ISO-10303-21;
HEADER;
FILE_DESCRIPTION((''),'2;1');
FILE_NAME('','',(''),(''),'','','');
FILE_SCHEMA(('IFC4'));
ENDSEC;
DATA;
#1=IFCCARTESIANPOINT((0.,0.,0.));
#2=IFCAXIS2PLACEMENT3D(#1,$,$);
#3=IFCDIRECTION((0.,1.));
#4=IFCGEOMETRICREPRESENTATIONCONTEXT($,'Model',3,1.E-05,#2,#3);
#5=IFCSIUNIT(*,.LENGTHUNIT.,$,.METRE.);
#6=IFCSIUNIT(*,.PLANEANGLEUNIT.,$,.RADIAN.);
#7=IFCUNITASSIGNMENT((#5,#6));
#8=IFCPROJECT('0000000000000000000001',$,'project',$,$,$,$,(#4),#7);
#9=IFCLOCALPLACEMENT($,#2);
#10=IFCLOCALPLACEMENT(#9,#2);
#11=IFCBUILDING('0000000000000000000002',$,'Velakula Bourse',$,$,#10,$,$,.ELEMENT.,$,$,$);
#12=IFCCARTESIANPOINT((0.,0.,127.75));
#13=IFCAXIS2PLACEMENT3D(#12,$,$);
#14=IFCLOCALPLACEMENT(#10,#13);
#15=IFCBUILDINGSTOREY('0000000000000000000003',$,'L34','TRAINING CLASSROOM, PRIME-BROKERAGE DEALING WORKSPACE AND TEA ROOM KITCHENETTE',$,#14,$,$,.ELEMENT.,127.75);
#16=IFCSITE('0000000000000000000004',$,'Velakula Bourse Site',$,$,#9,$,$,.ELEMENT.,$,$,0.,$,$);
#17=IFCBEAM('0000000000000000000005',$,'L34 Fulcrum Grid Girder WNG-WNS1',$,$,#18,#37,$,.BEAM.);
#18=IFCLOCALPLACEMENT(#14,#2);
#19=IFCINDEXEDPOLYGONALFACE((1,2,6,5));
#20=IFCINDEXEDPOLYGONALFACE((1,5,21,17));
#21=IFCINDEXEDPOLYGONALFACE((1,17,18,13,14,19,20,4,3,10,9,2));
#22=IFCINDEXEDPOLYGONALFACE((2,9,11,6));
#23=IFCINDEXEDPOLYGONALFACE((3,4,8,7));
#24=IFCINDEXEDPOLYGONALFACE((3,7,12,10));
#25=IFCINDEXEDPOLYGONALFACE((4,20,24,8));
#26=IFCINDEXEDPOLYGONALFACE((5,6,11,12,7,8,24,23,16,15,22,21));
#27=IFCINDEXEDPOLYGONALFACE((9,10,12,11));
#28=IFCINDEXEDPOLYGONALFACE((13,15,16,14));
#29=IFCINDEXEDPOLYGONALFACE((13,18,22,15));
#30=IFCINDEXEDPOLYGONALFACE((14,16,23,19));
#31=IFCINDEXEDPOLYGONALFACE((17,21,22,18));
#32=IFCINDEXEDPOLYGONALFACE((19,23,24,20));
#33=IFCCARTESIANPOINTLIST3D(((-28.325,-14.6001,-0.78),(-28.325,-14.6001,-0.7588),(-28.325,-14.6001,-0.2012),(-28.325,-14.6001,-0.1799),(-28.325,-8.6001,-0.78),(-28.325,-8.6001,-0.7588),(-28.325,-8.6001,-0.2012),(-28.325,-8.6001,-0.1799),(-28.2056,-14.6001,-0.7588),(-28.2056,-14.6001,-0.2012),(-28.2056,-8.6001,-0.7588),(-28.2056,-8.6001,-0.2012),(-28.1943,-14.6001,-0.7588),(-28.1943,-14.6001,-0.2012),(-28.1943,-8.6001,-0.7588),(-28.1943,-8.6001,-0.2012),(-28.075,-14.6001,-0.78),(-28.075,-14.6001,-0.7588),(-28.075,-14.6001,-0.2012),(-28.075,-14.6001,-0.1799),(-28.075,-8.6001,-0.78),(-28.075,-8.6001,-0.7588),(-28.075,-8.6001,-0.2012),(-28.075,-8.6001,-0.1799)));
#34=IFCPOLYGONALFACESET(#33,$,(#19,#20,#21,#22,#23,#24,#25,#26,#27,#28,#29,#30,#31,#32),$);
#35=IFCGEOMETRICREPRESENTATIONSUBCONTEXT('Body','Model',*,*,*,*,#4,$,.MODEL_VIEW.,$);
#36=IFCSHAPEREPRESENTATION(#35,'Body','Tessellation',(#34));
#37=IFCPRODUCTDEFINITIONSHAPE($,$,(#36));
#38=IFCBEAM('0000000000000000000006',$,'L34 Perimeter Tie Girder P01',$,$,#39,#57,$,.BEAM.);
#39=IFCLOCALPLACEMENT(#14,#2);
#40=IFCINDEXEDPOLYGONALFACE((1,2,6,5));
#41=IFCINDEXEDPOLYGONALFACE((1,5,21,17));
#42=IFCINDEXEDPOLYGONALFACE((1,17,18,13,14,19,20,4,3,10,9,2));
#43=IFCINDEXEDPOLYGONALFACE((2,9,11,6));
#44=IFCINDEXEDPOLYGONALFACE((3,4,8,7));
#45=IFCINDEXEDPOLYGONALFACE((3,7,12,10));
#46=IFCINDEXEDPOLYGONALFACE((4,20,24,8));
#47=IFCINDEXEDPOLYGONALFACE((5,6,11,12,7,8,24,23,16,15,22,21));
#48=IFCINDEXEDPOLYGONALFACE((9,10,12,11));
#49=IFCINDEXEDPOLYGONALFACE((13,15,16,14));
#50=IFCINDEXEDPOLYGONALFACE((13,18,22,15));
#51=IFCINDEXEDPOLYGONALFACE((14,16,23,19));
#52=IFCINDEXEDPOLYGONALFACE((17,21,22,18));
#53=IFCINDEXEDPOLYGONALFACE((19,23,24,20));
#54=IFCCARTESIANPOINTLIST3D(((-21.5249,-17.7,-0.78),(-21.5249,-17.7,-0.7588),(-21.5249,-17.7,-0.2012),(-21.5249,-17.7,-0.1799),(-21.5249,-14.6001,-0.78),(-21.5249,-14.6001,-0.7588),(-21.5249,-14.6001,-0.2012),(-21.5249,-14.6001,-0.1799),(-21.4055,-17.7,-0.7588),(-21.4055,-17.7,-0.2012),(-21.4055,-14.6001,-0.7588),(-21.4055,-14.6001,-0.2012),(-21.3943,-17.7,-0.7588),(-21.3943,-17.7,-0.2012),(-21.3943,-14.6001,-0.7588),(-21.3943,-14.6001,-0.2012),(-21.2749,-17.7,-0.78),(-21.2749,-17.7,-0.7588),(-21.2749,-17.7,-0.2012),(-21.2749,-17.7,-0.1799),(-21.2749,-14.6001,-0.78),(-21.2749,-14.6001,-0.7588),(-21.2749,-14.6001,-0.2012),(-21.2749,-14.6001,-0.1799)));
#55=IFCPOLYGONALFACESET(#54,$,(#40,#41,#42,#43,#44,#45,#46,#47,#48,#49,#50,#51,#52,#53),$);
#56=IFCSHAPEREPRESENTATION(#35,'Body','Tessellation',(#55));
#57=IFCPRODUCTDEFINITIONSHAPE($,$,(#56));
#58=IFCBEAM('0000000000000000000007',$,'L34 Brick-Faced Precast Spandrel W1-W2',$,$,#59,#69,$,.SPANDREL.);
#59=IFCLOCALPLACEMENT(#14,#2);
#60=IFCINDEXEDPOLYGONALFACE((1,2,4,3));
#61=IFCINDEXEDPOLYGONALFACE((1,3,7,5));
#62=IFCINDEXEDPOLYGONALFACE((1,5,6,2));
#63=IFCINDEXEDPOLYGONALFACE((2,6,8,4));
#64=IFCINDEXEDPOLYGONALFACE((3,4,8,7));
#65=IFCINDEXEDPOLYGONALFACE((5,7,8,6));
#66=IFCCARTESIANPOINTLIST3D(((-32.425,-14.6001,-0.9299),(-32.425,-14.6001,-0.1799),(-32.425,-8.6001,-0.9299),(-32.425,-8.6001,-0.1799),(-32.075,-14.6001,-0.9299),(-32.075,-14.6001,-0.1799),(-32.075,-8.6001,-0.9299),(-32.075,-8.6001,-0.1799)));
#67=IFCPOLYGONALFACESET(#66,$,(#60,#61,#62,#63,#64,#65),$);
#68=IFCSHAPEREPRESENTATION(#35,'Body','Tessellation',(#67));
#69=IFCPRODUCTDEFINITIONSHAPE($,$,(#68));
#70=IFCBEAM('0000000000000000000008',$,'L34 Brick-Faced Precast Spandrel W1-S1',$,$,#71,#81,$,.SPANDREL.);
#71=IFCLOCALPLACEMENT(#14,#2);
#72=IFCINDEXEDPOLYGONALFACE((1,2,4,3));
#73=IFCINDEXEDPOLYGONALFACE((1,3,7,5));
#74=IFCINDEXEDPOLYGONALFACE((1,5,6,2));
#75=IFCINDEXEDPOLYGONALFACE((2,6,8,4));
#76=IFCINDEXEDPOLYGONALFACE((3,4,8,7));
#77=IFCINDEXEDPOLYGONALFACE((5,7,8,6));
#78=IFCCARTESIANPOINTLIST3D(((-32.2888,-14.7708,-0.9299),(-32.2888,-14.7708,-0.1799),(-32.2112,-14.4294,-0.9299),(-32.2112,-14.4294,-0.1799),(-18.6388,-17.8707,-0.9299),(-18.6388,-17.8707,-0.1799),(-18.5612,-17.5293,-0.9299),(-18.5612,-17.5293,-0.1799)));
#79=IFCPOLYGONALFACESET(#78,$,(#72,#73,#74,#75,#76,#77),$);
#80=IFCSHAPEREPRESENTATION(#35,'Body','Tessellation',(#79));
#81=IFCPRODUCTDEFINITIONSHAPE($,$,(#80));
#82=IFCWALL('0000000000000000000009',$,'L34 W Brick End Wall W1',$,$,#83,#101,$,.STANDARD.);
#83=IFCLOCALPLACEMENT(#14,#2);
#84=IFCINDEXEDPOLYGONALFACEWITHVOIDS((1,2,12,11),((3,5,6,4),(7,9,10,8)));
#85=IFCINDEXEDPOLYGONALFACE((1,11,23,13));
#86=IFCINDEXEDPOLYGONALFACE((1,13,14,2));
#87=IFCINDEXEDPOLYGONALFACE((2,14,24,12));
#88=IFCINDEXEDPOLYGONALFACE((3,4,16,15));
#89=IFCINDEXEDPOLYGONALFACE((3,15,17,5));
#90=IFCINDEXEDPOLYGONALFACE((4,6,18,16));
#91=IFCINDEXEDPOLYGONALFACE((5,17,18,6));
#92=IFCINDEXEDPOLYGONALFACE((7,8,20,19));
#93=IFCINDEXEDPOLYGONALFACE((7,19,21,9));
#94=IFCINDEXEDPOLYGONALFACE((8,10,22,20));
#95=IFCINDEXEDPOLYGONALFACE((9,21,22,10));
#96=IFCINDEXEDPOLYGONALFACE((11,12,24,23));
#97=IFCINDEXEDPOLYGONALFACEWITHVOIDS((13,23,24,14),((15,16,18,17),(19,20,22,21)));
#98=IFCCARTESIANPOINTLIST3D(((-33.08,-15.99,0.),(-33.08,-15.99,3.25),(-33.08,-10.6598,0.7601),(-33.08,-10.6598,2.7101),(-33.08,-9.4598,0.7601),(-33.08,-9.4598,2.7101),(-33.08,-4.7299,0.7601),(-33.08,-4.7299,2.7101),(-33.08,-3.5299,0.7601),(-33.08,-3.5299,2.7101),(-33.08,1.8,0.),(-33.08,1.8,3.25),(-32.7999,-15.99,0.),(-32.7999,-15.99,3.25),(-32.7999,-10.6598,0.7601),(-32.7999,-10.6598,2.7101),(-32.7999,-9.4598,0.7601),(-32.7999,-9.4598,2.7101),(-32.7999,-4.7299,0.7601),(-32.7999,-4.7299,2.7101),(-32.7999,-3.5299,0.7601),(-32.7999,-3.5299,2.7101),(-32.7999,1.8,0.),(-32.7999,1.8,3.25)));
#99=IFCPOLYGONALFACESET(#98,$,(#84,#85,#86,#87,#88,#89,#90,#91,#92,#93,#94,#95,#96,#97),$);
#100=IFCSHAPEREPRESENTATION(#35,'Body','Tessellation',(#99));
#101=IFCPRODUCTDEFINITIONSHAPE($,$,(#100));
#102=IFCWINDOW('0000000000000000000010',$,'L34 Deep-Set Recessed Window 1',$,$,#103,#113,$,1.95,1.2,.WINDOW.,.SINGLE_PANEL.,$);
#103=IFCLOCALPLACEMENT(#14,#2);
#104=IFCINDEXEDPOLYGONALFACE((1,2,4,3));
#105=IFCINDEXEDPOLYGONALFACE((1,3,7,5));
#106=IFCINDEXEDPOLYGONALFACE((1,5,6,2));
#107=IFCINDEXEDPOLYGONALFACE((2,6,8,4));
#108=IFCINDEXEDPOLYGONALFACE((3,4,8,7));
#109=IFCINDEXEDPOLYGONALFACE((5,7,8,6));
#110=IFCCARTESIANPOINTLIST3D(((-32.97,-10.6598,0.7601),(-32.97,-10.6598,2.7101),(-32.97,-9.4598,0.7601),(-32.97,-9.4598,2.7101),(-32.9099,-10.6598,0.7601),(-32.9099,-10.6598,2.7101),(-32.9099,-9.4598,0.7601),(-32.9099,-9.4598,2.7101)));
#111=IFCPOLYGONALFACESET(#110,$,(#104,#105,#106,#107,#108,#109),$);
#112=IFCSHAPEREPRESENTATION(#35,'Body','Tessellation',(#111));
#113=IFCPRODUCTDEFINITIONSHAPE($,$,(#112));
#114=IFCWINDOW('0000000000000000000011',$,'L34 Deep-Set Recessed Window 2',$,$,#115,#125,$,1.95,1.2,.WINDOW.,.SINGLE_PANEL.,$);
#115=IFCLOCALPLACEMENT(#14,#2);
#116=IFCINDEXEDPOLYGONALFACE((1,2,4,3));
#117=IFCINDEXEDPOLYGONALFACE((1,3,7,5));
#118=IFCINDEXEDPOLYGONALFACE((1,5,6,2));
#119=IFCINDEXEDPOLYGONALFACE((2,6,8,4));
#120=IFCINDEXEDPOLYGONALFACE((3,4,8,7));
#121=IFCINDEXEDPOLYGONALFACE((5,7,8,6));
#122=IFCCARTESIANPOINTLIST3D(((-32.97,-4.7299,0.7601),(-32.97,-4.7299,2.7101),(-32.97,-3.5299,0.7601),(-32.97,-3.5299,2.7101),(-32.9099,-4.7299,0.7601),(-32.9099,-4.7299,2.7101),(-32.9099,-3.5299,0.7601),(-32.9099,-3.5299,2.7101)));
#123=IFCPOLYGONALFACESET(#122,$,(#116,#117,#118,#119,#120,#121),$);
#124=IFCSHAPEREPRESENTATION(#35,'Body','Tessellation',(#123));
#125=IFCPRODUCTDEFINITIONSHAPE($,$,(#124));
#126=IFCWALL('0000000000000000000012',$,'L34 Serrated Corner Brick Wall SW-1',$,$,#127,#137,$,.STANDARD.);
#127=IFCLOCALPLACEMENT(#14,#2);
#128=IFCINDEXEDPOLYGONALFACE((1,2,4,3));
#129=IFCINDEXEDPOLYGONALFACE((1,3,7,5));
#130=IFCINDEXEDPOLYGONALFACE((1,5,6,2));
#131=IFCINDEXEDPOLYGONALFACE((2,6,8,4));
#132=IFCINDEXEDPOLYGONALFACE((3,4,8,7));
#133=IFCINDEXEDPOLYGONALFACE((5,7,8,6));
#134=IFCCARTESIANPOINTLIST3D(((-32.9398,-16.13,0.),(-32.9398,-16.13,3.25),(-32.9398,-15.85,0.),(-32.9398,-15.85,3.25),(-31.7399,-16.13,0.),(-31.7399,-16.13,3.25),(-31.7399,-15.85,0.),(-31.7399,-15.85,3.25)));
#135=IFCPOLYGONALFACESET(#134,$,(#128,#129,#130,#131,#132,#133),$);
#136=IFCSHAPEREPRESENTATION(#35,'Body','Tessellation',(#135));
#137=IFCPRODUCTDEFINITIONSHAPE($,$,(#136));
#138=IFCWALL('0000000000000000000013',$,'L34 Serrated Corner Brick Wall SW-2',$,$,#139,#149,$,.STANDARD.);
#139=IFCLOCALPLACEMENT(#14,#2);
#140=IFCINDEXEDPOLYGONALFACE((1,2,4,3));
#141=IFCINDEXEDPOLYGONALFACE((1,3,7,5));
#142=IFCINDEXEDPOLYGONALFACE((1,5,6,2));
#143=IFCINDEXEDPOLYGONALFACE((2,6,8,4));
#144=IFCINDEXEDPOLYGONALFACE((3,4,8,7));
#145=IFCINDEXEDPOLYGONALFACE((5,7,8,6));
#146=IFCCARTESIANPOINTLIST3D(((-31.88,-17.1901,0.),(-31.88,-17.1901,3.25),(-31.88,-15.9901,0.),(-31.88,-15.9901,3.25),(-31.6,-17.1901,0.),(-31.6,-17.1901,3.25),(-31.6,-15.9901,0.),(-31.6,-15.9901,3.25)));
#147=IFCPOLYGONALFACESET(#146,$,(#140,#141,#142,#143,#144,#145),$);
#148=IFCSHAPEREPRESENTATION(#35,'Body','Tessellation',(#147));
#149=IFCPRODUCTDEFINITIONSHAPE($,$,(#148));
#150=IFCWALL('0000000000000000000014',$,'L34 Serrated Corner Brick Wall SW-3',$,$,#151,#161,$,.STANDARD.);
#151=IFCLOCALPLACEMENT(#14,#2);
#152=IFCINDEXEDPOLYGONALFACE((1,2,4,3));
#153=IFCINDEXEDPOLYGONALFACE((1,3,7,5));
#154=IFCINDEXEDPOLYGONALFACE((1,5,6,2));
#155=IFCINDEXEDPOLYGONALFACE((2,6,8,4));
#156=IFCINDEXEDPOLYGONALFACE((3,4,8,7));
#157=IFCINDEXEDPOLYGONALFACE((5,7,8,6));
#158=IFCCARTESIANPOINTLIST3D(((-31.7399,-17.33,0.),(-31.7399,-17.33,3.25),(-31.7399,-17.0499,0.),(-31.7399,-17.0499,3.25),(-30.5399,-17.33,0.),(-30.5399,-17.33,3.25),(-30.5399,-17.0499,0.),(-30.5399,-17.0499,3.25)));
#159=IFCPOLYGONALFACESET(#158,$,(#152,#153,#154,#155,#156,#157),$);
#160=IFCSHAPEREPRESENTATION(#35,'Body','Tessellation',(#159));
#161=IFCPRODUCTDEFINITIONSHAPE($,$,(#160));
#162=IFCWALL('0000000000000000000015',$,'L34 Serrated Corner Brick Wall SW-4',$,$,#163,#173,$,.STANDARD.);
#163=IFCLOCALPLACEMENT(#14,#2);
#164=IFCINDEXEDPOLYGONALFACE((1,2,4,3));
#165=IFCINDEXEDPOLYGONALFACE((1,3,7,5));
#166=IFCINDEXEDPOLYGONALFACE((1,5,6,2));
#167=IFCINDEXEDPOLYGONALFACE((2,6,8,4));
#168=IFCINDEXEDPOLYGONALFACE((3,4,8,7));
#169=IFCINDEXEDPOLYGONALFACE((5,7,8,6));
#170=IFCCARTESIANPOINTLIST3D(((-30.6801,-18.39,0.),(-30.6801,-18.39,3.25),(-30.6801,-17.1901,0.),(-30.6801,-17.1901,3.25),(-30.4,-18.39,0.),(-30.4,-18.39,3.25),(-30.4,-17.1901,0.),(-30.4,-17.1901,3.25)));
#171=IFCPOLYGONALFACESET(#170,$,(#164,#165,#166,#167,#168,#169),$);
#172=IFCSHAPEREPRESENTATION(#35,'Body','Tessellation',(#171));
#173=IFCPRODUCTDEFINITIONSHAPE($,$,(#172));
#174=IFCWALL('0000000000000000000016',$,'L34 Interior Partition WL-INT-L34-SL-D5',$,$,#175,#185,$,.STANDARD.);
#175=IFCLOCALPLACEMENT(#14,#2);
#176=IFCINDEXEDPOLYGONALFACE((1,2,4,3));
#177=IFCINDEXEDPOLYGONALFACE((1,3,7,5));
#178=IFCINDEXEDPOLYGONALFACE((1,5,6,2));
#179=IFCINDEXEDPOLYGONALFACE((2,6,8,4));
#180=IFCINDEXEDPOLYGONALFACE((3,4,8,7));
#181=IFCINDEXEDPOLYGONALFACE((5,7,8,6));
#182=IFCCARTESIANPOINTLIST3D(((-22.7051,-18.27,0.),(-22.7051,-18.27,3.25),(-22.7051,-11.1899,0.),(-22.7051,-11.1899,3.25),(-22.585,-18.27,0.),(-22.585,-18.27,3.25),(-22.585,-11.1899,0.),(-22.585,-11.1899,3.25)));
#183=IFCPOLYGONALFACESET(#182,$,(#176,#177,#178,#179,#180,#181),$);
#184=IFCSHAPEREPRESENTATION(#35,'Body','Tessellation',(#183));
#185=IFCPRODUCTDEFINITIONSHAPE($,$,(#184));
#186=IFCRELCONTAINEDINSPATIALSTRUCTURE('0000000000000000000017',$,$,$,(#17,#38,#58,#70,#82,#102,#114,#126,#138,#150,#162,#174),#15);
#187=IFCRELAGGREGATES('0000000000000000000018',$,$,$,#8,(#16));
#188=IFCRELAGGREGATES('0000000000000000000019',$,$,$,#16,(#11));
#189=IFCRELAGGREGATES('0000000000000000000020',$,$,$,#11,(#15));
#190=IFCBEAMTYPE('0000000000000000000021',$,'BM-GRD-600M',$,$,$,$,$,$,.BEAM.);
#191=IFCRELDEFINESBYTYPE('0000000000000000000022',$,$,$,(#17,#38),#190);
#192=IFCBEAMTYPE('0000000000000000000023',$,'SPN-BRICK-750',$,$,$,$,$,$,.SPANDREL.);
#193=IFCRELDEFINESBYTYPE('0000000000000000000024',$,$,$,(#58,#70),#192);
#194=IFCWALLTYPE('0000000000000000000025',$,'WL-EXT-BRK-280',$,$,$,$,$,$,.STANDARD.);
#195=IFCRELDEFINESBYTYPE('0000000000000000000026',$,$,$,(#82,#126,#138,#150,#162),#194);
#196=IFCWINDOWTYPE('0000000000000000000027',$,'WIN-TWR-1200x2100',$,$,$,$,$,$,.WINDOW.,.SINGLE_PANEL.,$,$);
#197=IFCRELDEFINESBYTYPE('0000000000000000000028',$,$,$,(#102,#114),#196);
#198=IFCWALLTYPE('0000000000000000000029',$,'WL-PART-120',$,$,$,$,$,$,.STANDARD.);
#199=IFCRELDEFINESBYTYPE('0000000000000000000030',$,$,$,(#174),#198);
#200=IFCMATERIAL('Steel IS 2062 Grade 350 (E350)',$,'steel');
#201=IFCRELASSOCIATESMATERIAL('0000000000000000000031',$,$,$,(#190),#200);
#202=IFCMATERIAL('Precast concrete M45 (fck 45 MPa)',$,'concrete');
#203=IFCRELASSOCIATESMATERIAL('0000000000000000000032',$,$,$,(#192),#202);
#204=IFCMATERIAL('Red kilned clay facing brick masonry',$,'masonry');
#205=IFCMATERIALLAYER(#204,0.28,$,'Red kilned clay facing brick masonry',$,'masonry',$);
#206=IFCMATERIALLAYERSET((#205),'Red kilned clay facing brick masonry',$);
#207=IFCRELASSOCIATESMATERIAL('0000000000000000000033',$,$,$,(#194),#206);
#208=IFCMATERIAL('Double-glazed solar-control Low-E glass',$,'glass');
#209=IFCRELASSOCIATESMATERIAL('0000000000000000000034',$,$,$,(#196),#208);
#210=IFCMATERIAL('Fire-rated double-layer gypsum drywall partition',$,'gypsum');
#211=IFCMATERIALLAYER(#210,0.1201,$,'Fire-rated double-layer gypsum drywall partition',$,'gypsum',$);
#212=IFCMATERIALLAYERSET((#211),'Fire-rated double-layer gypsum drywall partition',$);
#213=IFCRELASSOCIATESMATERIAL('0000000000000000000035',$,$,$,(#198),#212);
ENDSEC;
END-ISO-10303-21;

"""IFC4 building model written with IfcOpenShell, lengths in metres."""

from ifc_helpers import new_model, si_unit, direction, frame, frame_2d, origin, origin_2d, place, context, subcontext, project, spatial, rectangle, i_section, extrude, material, layer, layer_set, material_profile, profile_set, type_object, element, fill, save


model = new_model("IFC4")

# Units and contexts
model_context = context("Model", 3, precision=1e-05, world=origin(), true_north=direction((0.0, 1.0)))
body_context = subcontext(model_context, "Body", "Model", "MODEL_VIEW")
ifc_project = project(units=[si_unit("LENGTHUNIT", "METRE"), si_unit("PLANEANGLEUNIT", "RADIAN")], contexts=[model_context])

# Site, building, storey
site_placement = place(None, origin())
site = spatial("IfcSite", under=ifc_project, at=site_placement, Name="Velakula Bourse Site", CompositionType="ELEMENT", RefElevation=0.0)
building_placement = place(site_placement, origin())
building = spatial("IfcBuilding", under=site, at=building_placement, Name="Velakula Bourse", CompositionType="ELEMENT")
storey_placement = place(building_placement, frame((0.0, 0.0, 127.75)))
storey = spatial("IfcBuildingStorey", under=building, at=storey_placement, Name="L34", Description="TRAINING CLASSROOM, PRIME-BROKERAGE DEALING WORKSPACE AND TEA ROOM KITCHENETTE", CompositionType="ELEMENT", Elevation=127.75)

# Shared definitions
ifc_material_1 = material(Name="Steel IS 2062 Grade 350 (E350)", Category="steel")
ifc_material_2 = material(Name="Precast concrete M45 (fck 45 MPa)", Category="concrete")

# Beams
ifc_material_profile_1 = material_profile(ifc_material_1, i_section(OverallWidth=0.25, OverallDepth=0.6001, WebThickness=0.0112, FlangeThickness=0.0212, at=origin_2d()), Name="Steel IS 2062 Grade 350 (E350)")
ifc_profile_set_1 = profile_set([ifc_material_profile_1], Name="Steel IS 2062 Grade 350 (E350)")
beam_type_1 = type_object("IfcBeamType", Name="BM-GRD-600M", PredefinedType="BEAM", material=ifc_profile_set_1)
beam_1_placement = place(storey_placement, frame((-28.2, -14.6001, -0.48), z_axis=(0.0, 1.0, 0.0), x_axis=(-1.0, 0.0, 0.0)))
element("IfcBeam", 1, at=beam_1_placement, inside=storey, type_object=beam_type_1, Name="L34 Fulcrum Grid Girder WNG-WNS1", PredefinedType="BEAM", context=body_context, shape_type="SweptSolid", body=[
    extrude(i_section(OverallWidth=0.25, OverallDepth=0.6001, WebThickness=0.0112, FlangeThickness=0.0212, at=origin_2d()), origin(), (0.0, 0.0, 1.0), 6.0),
])
beam_2_placement = place(storey_placement, frame((-21.3999, -14.6001, -0.48), z_axis=(0.0, -1.0, 0.0), x_axis=(1.0, 0.0, 0.0)))
element("IfcBeam", 2, at=beam_2_placement, inside=storey, type_object=beam_type_1, Name="L34 Perimeter Tie Girder P01", PredefinedType="BEAM", context=body_context, shape_type="SweptSolid", body=[
    extrude(i_section(OverallWidth=0.25, OverallDepth=0.6001, WebThickness=0.0112, FlangeThickness=0.0212, at=origin_2d()), origin(), (0.0, 0.0, 1.0), 3.0999),
])
ifc_material_profile_2 = material_profile(ifc_material_2, rectangle(XDim=0.3501, YDim=0.75, at=origin_2d()), Name="Precast concrete M45 (fck 45 MPa)")
ifc_profile_set_2 = profile_set([ifc_material_profile_2], Name="Precast concrete M45 (fck 45 MPa)")
beam_type_2 = type_object("IfcBeamType", Name="SPN-BRICK-750", PredefinedType="SPANDREL", material=ifc_profile_set_2)
beam_3_placement = place(storey_placement, frame((-32.25, -14.6001, -0.5549), z_axis=(0.0, 1.0, 0.0), x_axis=(-1.0, 0.0, 0.0)))
element("IfcBeam", 3, at=beam_3_placement, inside=storey, type_object=beam_type_2, Name="L34 Brick-Faced Precast Spandrel W1-W2", PredefinedType="SPANDREL", context=body_context, shape_type="SweptSolid", body=[
    extrude(rectangle(XDim=0.3501, YDim=0.75, at=origin_2d()), origin(), (0.0, 0.0, 1.0), 6.0),
])
beam_4_placement = place(storey_placement, frame((-32.25, -14.6001, -0.5549), z_axis=(0.97517, -0.221458, 0.0), x_axis=(0.221458, 0.97517, 0.0)))
element("IfcBeam", 4, at=beam_4_placement, inside=storey, type_object=beam_type_2, Name="L34 Brick-Faced Precast Spandrel W1-S1", PredefinedType="SPANDREL", context=body_context, shape_type="SweptSolid", body=[
    extrude(rectangle(XDim=0.3501, YDim=0.75, at=origin_2d()), origin(), (0.0, 0.0, 1.0), 13.9976),
])

# Wall, openings, windows
ifc_material_3 = material(Name="Red kilned clay facing brick masonry", Category="masonry")
ifc_layer_1 = layer(ifc_material_3, 0.28, Name="Red kilned clay facing brick masonry", Category="masonry")
ifc_layer_set_1 = layer_set([ifc_layer_1], Name="Red kilned clay facing brick masonry")
wall_type_1 = type_object("IfcWallType", Name="WL-EXT-BRK-280", PredefinedType="STANDARD", material=ifc_layer_set_1)
wall_1_placement = place(storey_placement, frame((-32.9399, -15.99, 0.0), z_axis=(0.0, 0.0, 1.0), x_axis=(0.0, 1.0, 0.0)))
wall_1 = element("IfcWall", 5, at=wall_1_placement, inside=storey, type_object=wall_type_1, Name="L34 W Brick End Wall W1", PredefinedType="STANDARD", context=body_context, shape_type="SweptSolid", body=[
    extrude(rectangle(XDim=17.79, YDim=0.28, at=frame_2d((8.895, 0.0))), origin(), (0.0, 0.0, 1.0), 3.25),
])
opening_1_placement = place(wall_1_placement, frame((5.3301, 0.0, 0.76)))
opening_1 = element("IfcOpeningElement", 6, at=opening_1_placement, cuts=wall_1, PredefinedType="OPENING", context=body_context, shape_type="SweptSolid", body=[
    extrude(rectangle(XDim=1.2, YDim=1.95, at=frame_2d((0.6001, 0.9751))), frame((0.0, 0.1499, 0.0), z_axis=(0.0, -1.0, 0.0), x_axis=(1.0, 0.0, 0.0)), (0.0, 0.0, 1.0), 0.3),
])
opening_2_placement = place(wall_1_placement, frame((11.26, 0.0, 0.76)))
opening_2 = element("IfcOpeningElement", 7, at=opening_2_placement, cuts=wall_1, PredefinedType="OPENING", context=body_context, shape_type="SweptSolid", body=[
    extrude(rectangle(XDim=1.2, YDim=1.95, at=frame_2d((0.6001, 0.9751))), frame((0.0, 0.1499, 0.0), z_axis=(0.0, -1.0, 0.0), x_axis=(1.0, 0.0, 0.0)), (0.0, 0.0, 1.0), 0.3),
])
ifc_material_4 = material(Name="Double-glazed solar-control Low-E glass", Category="glass")
window_type = type_object("IfcWindowType", Name="WIN-TWR-1200x2100", PartitioningType="SINGLE_PANEL", PredefinedType="WINDOW", material=ifc_material_4)
window_1_placement = place(opening_1_placement, origin())
window_1 = element("IfcWindow", 8, at=window_1_placement, inside=storey, type_object=window_type, Name="L34 Deep-Set Recessed Window 1", OverallHeight=1.95, OverallWidth=1.2, PartitioningType="SINGLE_PANEL", PredefinedType="WINDOW", context=body_context, shape_type="SweptSolid", body=[
    extrude(rectangle(XDim=1.2, YDim=1.95, at=frame_2d((0.6001, 0.9751))), frame((0.0, 0.03, 0.0), z_axis=(0.0, -1.0, 0.0), x_axis=(1.0, 0.0, 0.0)), (0.0, 0.0, 1.0), 0.0601),
])
fill(opening_1, window_1)
window_2_placement = place(opening_2_placement, origin())
window_2 = element("IfcWindow", 9, at=window_2_placement, inside=storey, type_object=window_type, Name="L34 Deep-Set Recessed Window 2", OverallHeight=1.95, OverallWidth=1.2, PartitioningType="SINGLE_PANEL", PredefinedType="WINDOW", context=body_context, shape_type="SweptSolid", body=[
    extrude(rectangle(XDim=1.2, YDim=1.95, at=frame_2d((0.6001, 0.9751))), frame((0.0, 0.03, 0.0), z_axis=(0.0, -1.0, 0.0), x_axis=(1.0, 0.0, 0.0)), (0.0, 0.0, 1.0), 0.0601),
])
fill(opening_2, window_2)

# Walls
for number, where, z_axis, x_axis, name in (
    (10, (-32.9399, -15.99, 0.0), (0.0, 0.0, 1.0), (1.0, 0.0, 0.0), "L34 Serrated Corner Brick Wall SW-1"),
    (11, (-31.74, -15.99, 0.0), (0.0, 0.0, 1.0), (0.0, -1.0, 0.0), "L34 Serrated Corner Brick Wall SW-2"),
    (12, (-31.74, -17.1899, 0.0), (0.0, 0.0, 1.0), (1.0, 0.0, 0.0), "L34 Serrated Corner Brick Wall SW-3"),
    (13, (-30.54, -17.1899, 0.0), (0.0, 0.0, 1.0), (0.0, -1.0, 0.0), "L34 Serrated Corner Brick Wall SW-4"),
):
    element("IfcWall", number, at=place(storey_placement, frame(where, z_axis=z_axis, x_axis=x_axis)), inside=storey, type_object=wall_type_1, Name=name, PredefinedType="STANDARD", context=body_context, shape_type="SweptSolid", body=[
        extrude(rectangle(XDim=1.2, YDim=0.28, at=frame_2d((0.6001, 0.0))), origin(), (0.0, 0.0, 1.0), 3.25),
    ])
ifc_material_5 = material(Name="Fire-rated double-layer gypsum drywall partition", Category="gypsum")
ifc_layer_2 = layer(ifc_material_5, 0.1201, Name="Fire-rated double-layer gypsum drywall partition", Category="gypsum")
ifc_layer_set_2 = layer_set([ifc_layer_2], Name="Fire-rated double-layer gypsum drywall partition")
wall_type_2 = type_object("IfcWallType", Name="WL-PART-120", PredefinedType="STANDARD", material=ifc_layer_set_2)
wall_2_placement = place(storey_placement, frame((-22.645, -18.27, 0.0), z_axis=(0.0, 0.0, 1.0), x_axis=(0.0, 1.0, 0.0)))
element("IfcWall", 14, at=wall_2_placement, inside=storey, type_object=wall_type_2, Name="L34 Interior Partition WL-INT-L34-SL-D5", PredefinedType="STANDARD", context=body_context, shape_type="SweptSolid", body=[
    extrude(rectangle(XDim=7.0801, YDim=0.1201, at=frame_2d((3.54, 0.0))), origin(), (0.0, 0.0, 1.0), 3.25),
])

save(model, "model.ifc")
